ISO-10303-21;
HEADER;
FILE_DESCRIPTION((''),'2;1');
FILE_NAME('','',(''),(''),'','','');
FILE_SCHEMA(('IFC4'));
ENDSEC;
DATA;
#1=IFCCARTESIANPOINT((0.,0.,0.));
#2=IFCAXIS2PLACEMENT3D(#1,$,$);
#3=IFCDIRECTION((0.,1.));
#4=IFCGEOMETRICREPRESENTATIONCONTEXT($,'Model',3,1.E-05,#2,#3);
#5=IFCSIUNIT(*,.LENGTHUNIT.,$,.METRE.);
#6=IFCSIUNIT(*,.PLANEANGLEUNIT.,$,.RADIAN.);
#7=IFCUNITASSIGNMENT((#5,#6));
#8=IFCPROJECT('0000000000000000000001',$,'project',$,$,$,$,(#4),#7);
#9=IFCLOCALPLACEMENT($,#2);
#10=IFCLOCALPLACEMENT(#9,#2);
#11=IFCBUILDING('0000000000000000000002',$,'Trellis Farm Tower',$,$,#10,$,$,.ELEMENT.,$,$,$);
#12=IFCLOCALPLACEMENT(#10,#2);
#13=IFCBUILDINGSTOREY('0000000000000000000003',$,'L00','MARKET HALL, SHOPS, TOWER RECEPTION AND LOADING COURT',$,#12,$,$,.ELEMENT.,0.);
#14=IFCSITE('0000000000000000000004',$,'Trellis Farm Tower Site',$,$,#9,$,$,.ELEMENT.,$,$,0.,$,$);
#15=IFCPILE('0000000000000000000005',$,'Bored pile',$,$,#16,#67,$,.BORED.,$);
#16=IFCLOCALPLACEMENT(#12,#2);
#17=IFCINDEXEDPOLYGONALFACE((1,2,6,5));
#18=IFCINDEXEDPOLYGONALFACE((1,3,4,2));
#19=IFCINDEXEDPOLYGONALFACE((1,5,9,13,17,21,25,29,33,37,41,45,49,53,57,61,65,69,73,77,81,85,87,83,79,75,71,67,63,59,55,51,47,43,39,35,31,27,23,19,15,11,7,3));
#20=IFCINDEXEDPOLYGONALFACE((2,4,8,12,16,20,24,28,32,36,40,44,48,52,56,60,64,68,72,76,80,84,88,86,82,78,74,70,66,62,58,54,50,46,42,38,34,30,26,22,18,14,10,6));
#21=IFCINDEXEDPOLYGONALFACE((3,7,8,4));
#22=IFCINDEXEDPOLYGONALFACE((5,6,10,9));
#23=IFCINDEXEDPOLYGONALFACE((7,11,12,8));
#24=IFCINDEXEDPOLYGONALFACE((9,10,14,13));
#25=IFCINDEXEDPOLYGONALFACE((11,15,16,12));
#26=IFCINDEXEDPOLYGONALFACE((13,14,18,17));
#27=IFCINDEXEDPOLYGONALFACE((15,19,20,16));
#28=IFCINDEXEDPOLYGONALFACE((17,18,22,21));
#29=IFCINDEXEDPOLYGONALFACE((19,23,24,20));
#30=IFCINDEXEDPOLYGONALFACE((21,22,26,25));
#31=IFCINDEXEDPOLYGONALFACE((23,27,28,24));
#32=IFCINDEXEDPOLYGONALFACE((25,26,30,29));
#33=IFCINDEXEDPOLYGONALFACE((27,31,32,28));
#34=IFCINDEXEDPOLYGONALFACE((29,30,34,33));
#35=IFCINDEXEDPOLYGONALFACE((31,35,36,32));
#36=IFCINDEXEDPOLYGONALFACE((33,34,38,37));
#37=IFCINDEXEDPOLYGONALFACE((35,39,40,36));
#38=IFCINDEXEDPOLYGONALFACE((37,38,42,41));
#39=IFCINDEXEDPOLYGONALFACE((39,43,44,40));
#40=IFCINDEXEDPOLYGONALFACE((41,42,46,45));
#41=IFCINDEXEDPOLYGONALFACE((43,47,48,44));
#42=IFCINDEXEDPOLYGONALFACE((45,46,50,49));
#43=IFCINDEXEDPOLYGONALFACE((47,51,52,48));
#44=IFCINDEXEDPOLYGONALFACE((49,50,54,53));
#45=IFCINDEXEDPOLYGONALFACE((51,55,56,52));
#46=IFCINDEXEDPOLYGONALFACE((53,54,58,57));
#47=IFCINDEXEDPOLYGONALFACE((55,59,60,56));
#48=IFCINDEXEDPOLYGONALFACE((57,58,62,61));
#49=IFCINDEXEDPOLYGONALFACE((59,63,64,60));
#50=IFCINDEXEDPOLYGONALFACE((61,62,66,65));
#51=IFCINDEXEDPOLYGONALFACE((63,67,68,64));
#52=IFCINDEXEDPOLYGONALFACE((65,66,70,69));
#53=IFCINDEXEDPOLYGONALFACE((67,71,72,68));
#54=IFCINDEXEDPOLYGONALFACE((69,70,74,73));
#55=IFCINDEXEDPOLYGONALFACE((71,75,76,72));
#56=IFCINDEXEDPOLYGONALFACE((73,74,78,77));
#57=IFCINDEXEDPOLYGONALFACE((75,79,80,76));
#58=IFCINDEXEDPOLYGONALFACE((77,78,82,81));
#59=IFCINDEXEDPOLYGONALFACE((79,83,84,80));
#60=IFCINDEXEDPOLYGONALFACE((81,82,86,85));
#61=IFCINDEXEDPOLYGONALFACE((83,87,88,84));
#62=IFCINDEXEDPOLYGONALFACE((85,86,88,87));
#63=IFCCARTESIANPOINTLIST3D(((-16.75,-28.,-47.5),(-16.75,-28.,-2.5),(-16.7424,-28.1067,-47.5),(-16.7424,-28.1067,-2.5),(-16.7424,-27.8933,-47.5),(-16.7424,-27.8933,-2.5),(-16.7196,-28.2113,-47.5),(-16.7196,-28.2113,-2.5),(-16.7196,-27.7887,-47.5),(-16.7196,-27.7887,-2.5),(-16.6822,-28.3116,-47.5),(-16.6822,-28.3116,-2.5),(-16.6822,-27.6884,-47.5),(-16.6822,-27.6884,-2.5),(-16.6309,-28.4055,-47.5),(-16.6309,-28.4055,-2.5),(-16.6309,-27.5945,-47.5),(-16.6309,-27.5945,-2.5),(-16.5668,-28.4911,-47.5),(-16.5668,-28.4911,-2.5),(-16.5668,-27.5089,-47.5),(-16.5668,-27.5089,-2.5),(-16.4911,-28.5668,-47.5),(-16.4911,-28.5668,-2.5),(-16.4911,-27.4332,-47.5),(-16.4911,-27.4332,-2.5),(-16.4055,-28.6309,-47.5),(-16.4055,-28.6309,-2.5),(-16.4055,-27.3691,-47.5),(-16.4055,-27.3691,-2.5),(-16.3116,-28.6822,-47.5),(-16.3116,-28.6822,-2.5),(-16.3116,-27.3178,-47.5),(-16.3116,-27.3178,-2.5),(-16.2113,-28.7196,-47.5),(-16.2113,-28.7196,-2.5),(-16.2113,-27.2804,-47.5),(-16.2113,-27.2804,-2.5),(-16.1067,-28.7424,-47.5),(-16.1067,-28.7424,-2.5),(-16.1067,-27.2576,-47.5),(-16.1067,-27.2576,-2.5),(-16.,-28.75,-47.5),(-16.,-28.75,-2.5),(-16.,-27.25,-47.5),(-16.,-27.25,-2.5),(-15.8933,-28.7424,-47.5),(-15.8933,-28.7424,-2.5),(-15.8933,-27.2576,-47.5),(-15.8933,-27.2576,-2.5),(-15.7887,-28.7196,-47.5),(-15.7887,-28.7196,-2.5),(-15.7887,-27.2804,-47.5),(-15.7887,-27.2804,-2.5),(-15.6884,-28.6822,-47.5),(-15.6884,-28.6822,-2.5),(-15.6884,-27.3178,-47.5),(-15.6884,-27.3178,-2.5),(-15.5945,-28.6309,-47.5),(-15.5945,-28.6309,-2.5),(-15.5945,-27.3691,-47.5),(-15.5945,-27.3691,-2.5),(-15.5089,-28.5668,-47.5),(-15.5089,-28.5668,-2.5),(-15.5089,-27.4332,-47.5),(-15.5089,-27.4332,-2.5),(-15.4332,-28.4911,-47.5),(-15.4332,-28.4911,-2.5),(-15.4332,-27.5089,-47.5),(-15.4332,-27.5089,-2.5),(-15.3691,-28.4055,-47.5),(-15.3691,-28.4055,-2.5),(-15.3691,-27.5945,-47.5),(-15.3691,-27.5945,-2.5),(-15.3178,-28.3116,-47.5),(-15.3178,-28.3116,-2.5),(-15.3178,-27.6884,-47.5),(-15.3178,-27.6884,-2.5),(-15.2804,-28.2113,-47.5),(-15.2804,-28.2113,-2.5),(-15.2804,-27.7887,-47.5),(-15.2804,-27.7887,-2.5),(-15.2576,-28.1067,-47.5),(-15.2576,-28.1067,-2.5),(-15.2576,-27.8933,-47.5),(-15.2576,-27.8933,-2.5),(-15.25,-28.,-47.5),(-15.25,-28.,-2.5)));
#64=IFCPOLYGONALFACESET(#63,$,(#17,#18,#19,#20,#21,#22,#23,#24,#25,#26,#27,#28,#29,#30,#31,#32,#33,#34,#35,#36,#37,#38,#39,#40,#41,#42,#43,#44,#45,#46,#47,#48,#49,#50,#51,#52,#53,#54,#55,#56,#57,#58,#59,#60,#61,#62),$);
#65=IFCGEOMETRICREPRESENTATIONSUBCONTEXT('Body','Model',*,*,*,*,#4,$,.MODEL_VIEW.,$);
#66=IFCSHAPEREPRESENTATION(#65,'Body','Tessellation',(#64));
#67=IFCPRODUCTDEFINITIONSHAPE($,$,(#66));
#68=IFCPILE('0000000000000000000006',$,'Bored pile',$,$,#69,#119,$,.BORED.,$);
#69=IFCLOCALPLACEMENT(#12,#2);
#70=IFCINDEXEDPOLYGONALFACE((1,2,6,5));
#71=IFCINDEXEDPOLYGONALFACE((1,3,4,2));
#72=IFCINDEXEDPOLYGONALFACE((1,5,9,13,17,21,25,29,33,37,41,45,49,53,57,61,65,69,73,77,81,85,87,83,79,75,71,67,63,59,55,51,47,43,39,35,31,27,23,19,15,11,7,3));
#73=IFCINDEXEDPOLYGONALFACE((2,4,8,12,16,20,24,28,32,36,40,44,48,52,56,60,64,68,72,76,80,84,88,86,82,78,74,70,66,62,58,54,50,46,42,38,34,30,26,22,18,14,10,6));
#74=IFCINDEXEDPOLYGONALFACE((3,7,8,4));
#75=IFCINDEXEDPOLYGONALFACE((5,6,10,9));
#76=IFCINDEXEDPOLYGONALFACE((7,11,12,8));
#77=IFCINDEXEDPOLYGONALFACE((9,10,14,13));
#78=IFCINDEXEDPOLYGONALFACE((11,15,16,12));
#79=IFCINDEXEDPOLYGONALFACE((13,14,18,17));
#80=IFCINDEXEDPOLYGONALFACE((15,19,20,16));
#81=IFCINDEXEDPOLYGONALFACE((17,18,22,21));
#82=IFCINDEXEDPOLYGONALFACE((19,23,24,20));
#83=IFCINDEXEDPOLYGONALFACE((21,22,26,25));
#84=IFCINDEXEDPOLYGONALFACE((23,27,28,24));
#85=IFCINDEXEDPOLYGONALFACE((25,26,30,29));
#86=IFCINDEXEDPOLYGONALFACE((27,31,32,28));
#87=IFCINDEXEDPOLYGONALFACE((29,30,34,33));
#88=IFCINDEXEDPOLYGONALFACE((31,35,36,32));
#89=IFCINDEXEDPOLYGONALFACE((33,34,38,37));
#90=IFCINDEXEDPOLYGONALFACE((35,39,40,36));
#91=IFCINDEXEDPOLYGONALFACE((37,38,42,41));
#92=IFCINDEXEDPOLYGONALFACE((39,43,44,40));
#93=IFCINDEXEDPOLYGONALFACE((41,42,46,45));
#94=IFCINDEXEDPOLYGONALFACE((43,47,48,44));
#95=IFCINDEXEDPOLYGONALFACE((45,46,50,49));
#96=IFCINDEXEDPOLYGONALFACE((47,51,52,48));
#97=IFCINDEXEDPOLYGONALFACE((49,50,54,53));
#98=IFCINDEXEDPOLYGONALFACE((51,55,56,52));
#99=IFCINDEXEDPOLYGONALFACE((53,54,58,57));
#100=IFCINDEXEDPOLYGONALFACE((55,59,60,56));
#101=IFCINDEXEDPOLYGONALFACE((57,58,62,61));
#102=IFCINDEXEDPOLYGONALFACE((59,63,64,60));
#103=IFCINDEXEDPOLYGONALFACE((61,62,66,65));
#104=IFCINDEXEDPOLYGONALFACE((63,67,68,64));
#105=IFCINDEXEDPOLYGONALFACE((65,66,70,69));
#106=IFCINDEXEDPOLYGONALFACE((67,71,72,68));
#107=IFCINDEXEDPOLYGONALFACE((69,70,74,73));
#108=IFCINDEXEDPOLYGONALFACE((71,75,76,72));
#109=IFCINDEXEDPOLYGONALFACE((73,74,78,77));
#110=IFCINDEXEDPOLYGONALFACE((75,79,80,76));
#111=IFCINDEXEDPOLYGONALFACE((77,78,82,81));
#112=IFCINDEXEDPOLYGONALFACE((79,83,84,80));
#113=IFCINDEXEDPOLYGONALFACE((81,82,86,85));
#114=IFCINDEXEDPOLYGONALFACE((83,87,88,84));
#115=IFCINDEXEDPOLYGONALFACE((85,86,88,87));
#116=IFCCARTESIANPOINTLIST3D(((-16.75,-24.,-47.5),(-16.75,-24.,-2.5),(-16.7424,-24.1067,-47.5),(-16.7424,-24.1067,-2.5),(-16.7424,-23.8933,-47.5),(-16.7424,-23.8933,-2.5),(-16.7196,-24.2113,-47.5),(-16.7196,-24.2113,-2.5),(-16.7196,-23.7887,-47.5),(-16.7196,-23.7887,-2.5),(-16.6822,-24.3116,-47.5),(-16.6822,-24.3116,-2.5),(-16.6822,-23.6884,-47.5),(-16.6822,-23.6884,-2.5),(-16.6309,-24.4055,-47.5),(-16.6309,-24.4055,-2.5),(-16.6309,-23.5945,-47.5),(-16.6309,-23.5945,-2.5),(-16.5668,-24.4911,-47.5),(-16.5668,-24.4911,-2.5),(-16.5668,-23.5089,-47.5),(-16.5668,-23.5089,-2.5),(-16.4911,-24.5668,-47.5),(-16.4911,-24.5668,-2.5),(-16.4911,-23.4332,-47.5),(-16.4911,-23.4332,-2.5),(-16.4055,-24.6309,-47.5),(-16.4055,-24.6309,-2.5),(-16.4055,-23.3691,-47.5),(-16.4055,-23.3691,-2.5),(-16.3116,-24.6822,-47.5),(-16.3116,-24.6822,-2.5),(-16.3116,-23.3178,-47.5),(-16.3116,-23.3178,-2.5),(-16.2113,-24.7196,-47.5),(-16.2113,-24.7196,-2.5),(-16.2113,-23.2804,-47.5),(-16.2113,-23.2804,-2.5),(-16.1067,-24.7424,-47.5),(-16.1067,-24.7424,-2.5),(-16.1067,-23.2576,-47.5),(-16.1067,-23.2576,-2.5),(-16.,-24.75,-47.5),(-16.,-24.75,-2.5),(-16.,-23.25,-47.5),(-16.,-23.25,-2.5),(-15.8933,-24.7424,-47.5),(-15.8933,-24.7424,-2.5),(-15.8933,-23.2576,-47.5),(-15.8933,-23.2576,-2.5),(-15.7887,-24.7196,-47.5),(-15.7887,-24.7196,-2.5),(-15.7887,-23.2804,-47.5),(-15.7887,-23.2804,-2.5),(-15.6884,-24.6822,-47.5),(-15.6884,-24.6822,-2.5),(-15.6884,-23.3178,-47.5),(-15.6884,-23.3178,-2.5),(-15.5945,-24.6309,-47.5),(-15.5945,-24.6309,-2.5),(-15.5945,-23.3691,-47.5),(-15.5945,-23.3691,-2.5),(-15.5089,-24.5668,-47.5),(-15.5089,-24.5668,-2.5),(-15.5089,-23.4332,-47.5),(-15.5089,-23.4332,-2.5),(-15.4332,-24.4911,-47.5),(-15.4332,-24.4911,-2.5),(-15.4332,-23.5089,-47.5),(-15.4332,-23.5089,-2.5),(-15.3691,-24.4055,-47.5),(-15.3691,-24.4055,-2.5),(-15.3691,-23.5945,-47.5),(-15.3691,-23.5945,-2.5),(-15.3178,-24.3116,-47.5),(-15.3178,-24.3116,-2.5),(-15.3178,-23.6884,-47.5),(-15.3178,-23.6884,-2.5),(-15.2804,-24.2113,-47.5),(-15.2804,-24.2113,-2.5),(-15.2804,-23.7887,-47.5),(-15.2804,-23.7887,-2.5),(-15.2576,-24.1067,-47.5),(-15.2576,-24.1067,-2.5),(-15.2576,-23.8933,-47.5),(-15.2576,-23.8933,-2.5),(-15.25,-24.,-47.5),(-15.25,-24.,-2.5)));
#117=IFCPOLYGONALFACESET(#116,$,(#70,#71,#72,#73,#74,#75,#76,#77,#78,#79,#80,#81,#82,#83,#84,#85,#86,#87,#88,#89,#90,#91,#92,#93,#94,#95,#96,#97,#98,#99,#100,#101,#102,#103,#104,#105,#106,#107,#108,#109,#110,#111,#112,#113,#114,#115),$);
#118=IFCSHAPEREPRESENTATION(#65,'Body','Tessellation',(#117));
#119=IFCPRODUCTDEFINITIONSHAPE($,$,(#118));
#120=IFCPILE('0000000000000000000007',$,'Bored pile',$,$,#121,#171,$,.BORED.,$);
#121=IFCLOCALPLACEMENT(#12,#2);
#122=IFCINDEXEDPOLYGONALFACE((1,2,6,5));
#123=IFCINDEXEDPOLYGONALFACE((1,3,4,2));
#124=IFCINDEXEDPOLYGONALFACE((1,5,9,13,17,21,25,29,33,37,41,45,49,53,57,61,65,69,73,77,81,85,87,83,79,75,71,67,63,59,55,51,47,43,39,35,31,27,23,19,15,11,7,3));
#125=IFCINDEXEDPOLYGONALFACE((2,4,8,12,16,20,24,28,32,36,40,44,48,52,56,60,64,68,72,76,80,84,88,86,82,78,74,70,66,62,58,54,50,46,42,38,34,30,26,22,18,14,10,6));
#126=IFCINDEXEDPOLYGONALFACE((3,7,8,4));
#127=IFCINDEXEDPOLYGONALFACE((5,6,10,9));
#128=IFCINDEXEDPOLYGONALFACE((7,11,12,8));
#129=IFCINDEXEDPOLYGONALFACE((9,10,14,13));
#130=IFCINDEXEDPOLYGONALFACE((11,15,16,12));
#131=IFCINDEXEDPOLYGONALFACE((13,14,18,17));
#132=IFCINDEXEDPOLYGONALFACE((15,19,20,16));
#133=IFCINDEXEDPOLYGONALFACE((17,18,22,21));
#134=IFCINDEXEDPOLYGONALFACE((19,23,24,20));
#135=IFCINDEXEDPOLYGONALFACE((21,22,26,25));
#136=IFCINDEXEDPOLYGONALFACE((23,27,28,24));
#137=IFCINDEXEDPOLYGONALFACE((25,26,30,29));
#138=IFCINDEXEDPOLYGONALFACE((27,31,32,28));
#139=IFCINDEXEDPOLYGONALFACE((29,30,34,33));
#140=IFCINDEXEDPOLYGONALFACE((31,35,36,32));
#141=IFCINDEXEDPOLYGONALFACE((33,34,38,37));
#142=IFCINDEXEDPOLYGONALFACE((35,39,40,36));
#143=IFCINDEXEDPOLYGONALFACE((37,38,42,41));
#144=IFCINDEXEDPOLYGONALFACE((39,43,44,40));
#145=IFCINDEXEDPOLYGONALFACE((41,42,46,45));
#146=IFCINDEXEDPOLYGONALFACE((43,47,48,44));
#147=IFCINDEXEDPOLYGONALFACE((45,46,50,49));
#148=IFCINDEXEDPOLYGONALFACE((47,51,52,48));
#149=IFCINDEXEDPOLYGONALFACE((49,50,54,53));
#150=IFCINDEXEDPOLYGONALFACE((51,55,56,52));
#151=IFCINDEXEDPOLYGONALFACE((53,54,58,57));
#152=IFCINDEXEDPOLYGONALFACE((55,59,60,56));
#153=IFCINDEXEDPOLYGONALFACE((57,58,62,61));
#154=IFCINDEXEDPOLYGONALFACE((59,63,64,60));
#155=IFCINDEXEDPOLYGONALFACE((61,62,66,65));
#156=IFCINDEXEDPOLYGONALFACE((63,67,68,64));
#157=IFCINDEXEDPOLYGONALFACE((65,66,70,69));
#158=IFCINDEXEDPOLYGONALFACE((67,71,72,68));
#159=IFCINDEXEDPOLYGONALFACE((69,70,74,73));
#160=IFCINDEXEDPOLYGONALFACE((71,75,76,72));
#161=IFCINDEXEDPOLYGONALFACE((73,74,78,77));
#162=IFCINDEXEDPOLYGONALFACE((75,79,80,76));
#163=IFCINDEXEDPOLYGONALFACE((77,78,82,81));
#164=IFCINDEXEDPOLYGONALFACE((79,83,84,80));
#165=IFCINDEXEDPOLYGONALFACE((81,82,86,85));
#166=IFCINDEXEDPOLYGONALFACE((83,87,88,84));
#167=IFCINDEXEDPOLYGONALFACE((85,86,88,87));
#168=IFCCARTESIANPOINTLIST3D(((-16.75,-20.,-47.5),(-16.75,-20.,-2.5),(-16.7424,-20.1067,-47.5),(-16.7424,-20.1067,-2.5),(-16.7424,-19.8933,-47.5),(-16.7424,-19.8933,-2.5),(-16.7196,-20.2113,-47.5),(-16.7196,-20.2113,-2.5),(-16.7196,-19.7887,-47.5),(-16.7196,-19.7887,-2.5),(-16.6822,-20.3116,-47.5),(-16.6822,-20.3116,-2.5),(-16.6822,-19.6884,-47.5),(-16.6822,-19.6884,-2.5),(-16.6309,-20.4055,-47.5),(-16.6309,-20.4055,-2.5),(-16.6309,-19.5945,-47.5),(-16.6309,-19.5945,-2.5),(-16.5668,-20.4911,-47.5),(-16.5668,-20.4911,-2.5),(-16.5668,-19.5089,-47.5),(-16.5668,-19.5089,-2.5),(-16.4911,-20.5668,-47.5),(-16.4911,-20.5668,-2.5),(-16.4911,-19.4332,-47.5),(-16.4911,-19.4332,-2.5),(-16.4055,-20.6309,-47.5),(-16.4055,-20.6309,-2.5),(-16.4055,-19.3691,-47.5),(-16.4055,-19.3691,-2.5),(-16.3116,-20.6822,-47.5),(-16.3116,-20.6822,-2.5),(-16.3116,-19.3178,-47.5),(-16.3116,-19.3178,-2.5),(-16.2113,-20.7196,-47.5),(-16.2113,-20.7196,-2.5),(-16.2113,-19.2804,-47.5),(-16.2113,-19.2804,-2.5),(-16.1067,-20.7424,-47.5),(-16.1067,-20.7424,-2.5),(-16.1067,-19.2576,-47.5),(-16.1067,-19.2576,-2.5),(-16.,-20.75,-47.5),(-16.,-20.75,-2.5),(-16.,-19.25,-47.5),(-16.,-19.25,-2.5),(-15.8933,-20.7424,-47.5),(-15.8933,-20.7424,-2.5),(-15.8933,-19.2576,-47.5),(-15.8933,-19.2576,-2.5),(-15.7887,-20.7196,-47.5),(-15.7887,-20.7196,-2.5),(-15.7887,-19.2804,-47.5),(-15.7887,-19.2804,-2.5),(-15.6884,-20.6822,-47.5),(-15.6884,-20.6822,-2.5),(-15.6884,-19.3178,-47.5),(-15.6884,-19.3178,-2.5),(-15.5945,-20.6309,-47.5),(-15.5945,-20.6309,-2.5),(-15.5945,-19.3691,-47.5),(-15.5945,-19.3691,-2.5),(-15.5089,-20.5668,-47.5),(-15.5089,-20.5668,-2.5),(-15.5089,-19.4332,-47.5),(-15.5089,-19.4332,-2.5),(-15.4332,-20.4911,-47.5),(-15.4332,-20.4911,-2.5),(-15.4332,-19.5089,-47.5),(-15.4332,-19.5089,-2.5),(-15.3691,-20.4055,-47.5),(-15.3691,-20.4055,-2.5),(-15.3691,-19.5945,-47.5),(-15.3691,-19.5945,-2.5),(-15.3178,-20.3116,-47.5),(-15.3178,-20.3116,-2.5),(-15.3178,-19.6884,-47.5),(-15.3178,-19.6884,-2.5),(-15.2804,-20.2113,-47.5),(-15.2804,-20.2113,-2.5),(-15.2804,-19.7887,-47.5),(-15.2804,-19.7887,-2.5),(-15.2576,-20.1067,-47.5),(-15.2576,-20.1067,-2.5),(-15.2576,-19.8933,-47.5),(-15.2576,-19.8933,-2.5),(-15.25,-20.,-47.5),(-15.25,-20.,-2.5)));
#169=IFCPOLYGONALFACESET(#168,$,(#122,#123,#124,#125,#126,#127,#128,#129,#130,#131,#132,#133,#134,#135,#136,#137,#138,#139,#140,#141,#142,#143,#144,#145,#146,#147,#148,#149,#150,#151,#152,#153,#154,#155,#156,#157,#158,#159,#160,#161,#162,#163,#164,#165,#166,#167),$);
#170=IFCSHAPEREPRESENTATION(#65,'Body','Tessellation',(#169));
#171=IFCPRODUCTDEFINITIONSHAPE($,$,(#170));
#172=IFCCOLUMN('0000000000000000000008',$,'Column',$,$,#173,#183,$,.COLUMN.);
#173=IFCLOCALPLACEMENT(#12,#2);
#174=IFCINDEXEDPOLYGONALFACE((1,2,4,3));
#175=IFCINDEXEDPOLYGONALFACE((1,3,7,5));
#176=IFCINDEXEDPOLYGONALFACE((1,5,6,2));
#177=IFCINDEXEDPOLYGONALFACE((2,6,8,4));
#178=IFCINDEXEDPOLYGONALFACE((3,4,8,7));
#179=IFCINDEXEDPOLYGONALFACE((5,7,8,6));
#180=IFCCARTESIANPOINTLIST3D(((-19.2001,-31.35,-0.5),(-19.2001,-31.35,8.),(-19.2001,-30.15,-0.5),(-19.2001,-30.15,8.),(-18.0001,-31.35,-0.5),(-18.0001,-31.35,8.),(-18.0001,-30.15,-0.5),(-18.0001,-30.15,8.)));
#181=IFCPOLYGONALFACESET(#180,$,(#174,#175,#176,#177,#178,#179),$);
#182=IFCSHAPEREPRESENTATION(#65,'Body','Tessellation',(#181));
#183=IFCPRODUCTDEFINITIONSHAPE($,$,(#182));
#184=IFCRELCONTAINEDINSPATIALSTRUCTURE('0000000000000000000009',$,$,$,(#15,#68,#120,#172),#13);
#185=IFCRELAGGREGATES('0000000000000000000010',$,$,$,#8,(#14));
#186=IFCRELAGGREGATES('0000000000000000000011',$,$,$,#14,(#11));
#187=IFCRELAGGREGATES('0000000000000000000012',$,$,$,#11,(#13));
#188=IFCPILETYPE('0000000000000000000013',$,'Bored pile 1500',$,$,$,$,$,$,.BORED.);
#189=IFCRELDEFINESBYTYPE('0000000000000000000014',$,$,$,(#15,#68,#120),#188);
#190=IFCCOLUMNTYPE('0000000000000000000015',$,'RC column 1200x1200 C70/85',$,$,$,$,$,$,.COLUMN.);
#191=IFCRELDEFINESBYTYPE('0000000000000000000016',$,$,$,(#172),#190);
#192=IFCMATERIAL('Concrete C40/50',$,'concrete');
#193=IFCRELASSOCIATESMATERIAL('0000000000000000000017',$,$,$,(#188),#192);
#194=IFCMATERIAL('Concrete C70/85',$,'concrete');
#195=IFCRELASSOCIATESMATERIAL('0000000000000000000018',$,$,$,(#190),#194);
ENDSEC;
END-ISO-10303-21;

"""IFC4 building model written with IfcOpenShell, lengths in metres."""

from ifc_helpers import new_model, si_unit, direction, frame, origin, origin_2d, place, context, subcontext, project, spatial, rectangle, circle, extrude, source, transform, mapped, material, material_profile, profile_set, type_object, element, save


model = new_model("IFC4")

# Units and contexts
model_context = context("Model", 3, precision=1e-05, world=origin(), true_north=direction((0.0, 1.0)))
body_context = subcontext(model_context, "Body", "Model", "MODEL_VIEW")
ifc_project = project(units=[si_unit("LENGTHUNIT", "METRE"), si_unit("PLANEANGLEUNIT", "RADIAN")], contexts=[model_context])

# Site, building, storey
site_placement = place(None, origin())
site = spatial("IfcSite", under=ifc_project, at=site_placement, Name="Trellis Farm Tower Site", CompositionType="ELEMENT", RefElevation=0.0)
building_placement = place(site_placement, origin())
building = spatial("IfcBuilding", under=site, at=building_placement, Name="Trellis Farm Tower", CompositionType="ELEMENT")
storey_placement = place(building_placement, origin())
storey = spatial("IfcBuildingStorey", under=building, at=storey_placement, Name="L00", Description="MARKET HALL, SHOPS, TOWER RECEPTION AND LOADING COURT", CompositionType="ELEMENT", Elevation=0.0)

# Piles
ifc_material_1 = material(Name="Concrete C40/50", Category="concrete")
ifc_material_profile_1 = material_profile(ifc_material_1, circle(Radius=0.75, at=origin_2d()), Name="Bored pile 1500")
ifc_profile_set_1 = profile_set([ifc_material_profile_1], Name="Concrete C40/50")
pile_type = type_object("IfcPileType", Name="Bored pile 1500", PredefinedType="BORED", material=ifc_profile_set_1)
shared_shape_1 = source(origin(), body_context, "Body", "SweptSolid", [
    extrude(circle(Radius=0.75, at=origin_2d()), origin(), (0.0, 0.0, 1.0), 45.0),
])
for number, where, z_axis, x_axis, name in (
    (1, (-16.0, -28.0, -2.5), (0.0, 0.0, -1.0), (1.0, 0.0, 0.0), "Bored pile"),
    (2, (-16.0, -24.0, -2.5), (0.0, 0.0, -1.0), (1.0, 0.0, 0.0), "Bored pile"),
    (3, (-16.0, -20.0, -2.5), (0.0, 0.0, -1.0), (1.0, 0.0, 0.0), "Bored pile"),
):
    element("IfcPile", number, at=place(storey_placement, frame(where, z_axis=z_axis, x_axis=x_axis)), inside=storey, type_object=pile_type, Name=name, PredefinedType="BORED", context=body_context, shape_type="MappedRepresentation", body=[
        mapped(shared_shape_1, transform((0.0, 0.0, 0.0))),
    ])

# Column
ifc_material_2 = material(Name="Concrete C70/85", Category="concrete")
ifc_material_profile_2 = material_profile(ifc_material_2, rectangle(XDim=1.2, YDim=1.2, at=origin_2d()), Name="RC column 1200x1200 C70/85")
ifc_profile_set_2 = profile_set([ifc_material_profile_2], Name="Concrete C70/85")
column_type = type_object("IfcColumnType", Name="RC column 1200x1200 C70/85", PredefinedType="COLUMN", material=ifc_profile_set_2)
shared_shape_2 = source(origin(), body_context, "Body", "SweptSolid", [
    extrude(rectangle(XDim=1.2, YDim=1.2, at=origin_2d()), origin(), (0.0, 0.0, 1.0), 8.5),
])
column_placement = place(storey_placement, frame((-18.6001, -30.75, -0.5), z_axis=(0.0, 0.0, 1.0), x_axis=(1.0, 0.0, 0.0)))
element("IfcColumn", 4, at=column_placement, inside=storey, type_object=column_type, Name="Column", PredefinedType="COLUMN", context=body_context, shape_type="MappedRepresentation", body=[
    mapped(shared_shape_2, transform((0.0, 0.0, 0.0))),
])

save(model, "model.ifc")
